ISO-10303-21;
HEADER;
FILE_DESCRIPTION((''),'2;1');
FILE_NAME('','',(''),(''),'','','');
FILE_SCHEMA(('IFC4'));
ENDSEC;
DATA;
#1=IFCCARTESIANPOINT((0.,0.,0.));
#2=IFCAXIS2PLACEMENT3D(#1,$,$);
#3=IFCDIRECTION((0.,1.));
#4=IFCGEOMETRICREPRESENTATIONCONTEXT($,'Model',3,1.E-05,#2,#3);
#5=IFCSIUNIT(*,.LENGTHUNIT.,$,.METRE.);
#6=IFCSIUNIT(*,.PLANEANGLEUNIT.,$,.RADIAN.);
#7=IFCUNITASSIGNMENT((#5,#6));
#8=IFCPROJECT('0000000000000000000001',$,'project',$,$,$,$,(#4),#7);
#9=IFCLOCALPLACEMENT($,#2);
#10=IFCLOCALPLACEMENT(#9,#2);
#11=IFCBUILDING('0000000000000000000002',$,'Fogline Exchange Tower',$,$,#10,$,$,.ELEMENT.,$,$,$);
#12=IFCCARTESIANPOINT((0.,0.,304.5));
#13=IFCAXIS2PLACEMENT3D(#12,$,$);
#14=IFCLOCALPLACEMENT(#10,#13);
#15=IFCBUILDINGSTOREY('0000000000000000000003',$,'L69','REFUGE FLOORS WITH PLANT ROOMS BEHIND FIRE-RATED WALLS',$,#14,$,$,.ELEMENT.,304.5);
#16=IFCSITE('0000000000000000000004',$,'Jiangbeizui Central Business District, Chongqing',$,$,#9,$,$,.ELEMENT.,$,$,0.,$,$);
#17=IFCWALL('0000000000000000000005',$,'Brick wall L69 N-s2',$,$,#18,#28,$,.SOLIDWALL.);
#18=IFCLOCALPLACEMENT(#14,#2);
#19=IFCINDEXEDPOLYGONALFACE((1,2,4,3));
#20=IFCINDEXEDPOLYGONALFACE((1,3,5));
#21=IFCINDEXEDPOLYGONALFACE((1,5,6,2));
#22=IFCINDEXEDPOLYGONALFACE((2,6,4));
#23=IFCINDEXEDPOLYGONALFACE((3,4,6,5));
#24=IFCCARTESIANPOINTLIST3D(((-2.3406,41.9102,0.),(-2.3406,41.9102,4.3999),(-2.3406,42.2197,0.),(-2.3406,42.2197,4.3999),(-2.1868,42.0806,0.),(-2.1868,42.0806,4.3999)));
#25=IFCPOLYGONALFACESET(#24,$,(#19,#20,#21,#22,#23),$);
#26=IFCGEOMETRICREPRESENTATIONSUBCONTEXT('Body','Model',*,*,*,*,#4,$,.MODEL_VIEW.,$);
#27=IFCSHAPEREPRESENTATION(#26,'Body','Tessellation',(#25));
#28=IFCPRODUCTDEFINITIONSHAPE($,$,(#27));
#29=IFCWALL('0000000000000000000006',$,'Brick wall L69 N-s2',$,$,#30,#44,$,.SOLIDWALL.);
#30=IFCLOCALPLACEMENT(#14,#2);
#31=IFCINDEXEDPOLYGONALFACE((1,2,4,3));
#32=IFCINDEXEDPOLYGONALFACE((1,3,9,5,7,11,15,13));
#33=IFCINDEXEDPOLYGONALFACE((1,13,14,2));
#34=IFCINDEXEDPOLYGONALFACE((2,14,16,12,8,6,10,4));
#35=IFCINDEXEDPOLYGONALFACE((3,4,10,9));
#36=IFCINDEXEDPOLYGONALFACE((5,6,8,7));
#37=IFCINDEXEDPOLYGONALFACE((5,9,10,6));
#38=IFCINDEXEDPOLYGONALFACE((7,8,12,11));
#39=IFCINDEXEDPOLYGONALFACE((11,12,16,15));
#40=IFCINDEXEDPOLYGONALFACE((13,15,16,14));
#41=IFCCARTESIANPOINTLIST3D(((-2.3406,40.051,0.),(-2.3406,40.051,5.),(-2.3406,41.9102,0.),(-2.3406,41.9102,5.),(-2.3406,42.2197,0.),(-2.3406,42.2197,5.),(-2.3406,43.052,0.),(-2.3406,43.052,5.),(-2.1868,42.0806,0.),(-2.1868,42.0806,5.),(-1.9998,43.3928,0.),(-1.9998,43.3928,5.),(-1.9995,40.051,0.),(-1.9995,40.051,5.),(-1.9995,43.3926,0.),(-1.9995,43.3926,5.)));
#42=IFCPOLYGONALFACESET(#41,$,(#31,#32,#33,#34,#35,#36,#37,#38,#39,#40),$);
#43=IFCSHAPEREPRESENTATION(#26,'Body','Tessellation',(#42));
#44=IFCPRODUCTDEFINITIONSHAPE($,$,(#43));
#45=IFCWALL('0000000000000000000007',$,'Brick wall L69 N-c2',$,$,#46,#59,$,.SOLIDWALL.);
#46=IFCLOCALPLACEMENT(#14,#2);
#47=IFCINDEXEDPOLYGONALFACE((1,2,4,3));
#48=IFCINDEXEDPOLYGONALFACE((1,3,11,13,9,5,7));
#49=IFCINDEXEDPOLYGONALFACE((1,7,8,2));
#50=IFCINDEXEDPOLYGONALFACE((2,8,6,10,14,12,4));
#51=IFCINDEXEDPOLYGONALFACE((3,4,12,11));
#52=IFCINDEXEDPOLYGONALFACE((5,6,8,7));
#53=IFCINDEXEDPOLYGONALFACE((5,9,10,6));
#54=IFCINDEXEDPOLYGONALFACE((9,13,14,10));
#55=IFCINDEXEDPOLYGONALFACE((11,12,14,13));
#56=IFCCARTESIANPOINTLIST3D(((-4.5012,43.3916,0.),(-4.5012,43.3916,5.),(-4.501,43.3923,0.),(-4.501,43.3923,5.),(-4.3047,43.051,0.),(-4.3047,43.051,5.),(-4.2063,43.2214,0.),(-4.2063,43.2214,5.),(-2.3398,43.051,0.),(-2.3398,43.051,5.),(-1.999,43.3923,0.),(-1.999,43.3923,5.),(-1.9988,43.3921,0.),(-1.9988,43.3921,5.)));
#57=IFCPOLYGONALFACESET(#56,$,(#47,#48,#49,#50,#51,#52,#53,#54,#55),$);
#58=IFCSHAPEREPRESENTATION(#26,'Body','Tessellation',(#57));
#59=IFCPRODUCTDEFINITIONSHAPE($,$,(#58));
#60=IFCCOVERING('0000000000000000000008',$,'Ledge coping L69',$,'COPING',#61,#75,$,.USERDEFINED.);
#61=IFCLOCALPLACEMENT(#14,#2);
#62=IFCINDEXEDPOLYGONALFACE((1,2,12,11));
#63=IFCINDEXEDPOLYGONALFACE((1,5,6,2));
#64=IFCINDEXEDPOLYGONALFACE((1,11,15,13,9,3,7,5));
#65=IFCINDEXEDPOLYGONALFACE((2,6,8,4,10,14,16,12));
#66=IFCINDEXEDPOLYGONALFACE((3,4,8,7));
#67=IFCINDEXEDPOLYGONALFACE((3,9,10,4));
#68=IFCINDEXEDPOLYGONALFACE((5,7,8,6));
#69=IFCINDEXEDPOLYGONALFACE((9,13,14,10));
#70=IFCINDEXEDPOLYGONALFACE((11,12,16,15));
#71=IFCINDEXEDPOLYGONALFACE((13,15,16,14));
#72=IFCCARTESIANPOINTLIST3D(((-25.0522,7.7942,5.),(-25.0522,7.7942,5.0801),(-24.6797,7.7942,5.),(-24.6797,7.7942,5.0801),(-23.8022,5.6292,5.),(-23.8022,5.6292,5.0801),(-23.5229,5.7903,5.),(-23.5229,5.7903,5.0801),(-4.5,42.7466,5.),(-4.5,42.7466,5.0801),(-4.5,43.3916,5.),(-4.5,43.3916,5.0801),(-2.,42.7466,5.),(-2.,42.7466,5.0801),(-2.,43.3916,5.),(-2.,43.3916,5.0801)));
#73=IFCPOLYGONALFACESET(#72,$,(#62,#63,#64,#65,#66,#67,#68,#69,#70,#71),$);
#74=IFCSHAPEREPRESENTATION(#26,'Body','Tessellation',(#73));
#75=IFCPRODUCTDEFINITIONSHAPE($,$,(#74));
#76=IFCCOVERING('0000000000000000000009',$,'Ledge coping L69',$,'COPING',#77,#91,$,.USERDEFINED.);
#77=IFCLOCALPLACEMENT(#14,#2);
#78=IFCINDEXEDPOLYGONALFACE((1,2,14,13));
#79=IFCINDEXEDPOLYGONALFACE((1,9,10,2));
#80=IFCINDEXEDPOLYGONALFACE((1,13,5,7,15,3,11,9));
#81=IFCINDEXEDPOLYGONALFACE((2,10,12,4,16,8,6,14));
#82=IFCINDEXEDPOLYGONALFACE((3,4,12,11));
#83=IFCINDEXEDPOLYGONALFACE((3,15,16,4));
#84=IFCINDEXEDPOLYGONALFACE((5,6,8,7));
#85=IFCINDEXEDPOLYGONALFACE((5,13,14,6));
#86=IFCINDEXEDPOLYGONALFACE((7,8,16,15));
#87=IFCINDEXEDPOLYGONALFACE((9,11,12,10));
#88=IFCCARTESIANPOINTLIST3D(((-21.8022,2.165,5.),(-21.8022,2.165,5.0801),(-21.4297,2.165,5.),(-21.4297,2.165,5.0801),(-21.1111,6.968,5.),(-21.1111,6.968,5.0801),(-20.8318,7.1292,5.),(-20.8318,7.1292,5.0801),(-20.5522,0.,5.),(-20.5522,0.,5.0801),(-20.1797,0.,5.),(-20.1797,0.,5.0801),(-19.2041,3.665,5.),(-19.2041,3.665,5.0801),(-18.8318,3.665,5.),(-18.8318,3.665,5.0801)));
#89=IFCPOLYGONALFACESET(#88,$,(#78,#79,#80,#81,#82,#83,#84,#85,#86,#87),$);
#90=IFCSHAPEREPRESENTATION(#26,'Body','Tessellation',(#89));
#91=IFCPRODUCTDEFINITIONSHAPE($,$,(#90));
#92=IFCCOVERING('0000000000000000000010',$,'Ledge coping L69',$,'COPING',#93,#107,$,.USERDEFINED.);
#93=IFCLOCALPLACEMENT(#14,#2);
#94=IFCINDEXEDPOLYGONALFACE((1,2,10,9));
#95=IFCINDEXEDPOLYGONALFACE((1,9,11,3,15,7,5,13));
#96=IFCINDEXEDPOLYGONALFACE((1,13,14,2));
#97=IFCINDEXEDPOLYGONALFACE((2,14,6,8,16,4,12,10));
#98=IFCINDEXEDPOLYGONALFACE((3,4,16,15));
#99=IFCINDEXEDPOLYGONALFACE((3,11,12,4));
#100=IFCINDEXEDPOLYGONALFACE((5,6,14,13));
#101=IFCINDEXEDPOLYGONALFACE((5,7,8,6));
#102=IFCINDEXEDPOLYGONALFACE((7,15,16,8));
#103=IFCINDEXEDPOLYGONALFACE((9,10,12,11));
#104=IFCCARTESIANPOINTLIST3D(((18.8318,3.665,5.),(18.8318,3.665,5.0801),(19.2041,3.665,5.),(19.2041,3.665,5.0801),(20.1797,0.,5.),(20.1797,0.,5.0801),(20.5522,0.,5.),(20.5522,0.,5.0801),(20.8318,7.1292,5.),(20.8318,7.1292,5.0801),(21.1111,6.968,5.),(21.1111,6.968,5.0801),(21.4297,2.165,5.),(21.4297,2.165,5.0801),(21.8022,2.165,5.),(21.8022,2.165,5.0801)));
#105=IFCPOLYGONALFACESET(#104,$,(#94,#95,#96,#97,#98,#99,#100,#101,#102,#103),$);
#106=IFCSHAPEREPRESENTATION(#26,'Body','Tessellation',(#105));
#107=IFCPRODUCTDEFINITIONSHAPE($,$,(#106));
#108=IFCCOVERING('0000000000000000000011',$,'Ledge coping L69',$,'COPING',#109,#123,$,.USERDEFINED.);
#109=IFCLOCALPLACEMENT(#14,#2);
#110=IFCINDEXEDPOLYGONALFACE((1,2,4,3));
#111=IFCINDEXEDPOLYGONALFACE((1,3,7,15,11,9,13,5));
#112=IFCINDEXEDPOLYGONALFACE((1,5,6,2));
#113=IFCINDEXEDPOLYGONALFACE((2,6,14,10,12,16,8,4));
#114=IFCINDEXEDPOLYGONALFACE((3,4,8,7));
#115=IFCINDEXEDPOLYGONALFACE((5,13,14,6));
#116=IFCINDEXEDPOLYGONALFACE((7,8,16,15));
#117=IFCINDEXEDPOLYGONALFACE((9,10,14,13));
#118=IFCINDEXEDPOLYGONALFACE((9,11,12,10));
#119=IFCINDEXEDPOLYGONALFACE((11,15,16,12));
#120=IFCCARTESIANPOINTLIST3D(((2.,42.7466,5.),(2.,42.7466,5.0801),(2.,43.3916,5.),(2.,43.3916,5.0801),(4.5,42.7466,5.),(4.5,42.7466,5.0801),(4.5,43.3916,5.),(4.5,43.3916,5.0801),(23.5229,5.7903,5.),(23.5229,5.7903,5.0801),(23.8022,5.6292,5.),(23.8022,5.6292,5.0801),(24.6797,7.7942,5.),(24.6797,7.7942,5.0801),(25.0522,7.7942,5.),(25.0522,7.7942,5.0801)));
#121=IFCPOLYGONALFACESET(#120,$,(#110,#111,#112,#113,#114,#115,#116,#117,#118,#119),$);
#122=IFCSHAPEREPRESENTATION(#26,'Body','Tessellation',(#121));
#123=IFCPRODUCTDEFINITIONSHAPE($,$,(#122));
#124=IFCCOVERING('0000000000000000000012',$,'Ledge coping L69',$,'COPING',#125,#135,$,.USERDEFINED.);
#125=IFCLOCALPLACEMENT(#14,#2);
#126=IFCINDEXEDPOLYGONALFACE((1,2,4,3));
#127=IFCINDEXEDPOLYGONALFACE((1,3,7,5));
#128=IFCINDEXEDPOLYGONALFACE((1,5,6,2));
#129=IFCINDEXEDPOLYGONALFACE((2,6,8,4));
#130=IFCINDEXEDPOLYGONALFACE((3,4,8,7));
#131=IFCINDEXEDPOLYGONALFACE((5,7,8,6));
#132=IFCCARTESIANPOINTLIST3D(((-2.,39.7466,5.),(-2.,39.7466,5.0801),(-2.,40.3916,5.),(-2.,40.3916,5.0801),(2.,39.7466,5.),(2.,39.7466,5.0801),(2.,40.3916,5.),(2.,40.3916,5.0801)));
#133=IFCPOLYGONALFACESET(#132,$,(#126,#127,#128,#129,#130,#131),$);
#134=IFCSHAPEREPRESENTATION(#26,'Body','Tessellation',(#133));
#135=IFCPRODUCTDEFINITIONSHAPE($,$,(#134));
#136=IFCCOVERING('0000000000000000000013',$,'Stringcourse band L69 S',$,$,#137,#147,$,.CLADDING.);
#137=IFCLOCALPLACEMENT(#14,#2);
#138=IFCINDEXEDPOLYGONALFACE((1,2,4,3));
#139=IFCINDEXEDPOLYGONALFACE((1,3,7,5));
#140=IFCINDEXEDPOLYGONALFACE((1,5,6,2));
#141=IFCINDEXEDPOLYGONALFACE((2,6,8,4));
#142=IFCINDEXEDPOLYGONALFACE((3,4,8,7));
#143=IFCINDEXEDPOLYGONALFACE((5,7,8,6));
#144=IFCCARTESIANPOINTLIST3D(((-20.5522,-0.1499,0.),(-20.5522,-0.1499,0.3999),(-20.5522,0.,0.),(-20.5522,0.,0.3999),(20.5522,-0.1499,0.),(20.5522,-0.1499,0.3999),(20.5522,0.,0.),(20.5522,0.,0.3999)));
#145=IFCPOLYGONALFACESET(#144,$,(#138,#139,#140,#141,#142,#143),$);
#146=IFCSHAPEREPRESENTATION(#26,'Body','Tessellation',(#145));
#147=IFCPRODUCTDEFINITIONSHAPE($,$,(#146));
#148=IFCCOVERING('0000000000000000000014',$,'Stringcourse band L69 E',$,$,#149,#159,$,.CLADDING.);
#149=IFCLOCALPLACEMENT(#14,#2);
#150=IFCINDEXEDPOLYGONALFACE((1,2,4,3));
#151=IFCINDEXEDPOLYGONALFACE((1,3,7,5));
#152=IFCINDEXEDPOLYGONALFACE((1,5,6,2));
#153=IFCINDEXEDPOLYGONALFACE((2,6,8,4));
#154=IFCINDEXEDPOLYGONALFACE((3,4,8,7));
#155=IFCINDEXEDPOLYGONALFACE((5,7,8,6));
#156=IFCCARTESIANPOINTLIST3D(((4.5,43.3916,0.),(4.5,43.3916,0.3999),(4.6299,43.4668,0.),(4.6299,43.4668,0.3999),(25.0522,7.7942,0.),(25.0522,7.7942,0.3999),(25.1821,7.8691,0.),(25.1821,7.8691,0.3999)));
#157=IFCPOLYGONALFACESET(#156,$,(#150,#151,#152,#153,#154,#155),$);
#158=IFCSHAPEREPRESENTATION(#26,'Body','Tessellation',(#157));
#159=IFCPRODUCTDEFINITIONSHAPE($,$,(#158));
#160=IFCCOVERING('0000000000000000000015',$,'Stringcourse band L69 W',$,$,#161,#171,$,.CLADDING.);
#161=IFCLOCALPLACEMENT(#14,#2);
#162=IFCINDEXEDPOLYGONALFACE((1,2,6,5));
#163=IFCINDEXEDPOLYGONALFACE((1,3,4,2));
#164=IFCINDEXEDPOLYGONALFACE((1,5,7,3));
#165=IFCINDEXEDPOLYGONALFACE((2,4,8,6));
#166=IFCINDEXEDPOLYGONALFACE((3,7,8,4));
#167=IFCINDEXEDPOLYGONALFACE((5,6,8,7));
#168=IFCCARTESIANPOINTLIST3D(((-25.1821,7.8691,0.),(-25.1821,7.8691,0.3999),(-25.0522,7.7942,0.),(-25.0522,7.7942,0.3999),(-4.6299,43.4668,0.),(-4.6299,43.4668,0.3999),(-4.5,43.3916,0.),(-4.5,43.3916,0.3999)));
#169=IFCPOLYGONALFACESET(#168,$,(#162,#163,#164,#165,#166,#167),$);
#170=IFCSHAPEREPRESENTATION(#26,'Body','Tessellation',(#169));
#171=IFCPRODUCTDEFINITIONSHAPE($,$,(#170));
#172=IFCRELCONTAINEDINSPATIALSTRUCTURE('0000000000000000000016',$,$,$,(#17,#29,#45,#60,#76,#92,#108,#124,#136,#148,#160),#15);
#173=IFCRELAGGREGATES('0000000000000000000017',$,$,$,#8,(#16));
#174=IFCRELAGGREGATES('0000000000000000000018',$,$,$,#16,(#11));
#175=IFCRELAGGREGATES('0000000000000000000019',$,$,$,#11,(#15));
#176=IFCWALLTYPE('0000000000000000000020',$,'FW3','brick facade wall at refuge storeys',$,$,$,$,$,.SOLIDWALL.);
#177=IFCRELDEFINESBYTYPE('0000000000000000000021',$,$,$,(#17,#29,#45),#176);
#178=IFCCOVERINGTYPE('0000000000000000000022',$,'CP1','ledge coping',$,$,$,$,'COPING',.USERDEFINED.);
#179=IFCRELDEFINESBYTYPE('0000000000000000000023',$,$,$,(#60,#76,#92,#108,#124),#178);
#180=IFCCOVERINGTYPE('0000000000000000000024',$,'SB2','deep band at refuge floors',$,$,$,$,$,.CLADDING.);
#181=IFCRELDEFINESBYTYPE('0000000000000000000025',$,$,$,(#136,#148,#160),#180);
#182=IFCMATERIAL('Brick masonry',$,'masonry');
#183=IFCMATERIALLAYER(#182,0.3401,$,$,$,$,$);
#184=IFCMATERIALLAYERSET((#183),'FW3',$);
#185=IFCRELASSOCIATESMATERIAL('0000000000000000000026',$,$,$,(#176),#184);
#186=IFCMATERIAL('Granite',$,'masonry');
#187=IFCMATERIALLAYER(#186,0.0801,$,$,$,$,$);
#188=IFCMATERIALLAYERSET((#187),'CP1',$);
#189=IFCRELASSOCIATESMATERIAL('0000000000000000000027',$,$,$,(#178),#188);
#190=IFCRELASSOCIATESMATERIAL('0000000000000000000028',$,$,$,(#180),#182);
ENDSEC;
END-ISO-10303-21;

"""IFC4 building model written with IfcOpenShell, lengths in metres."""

from ifc_helpers import new_model, si_unit, direction, frame, origin, place, context, subcontext, project, spatial, polyline, outline, extrude, material, layer, layer_set, type_object, element, save


model = new_model("IFC4")

# Units and contexts
model_context = context("Model", 3, precision=1e-05, world=origin(), true_north=direction((0.0, 1.0)))
body_context = subcontext(model_context, "Body", "Model", "MODEL_VIEW")
ifc_project = project(units=[si_unit("LENGTHUNIT", "METRE"), si_unit("PLANEANGLEUNIT", "RADIAN")], contexts=[model_context])

# Site, building, storey
site_placement = place(None, origin())
site = spatial("IfcSite", under=ifc_project, at=site_placement, Name="Jiangbeizui Central Business District, Chongqing", CompositionType="ELEMENT", RefElevation=0.0)
building_placement = place(site_placement, origin())
building = spatial("IfcBuilding", under=site, at=building_placement, Name="Fogline Exchange Tower", CompositionType="ELEMENT")
storey_placement = place(building_placement, frame((0.0, 0.0, 304.5)))
storey = spatial("IfcBuildingStorey", under=building, at=storey_placement, Name="L69", Description="REFUGE FLOORS WITH PLANT ROOMS BEHIND FIRE-RATED WALLS", CompositionType="ELEMENT", Elevation=304.5)

# Walls
ifc_material_1 = material(Name="Brick masonry", Category="masonry")
ifc_layer_1 = layer(ifc_material_1, 0.3401)
ifc_layer_set_1 = layer_set([ifc_layer_1], Name="FW3")
wall_type_1 = type_object("IfcWallType", Name="FW3", Description="brick facade wall at refuge storeys", PredefinedType="SOLIDWALL", material=ifc_layer_set_1)
wall_1_placement = place(storey_placement, origin())
element("IfcWall", 1, at=wall_1_placement, inside=storey, type_object=wall_type_1, Name="Brick wall L69 N-s2", PredefinedType="SOLIDWALL", context=body_context, shape_type="SweptSolid", body=[
    extrude(outline(polyline([(-2.3406, 42.2197), (-2.1868, 42.0806), (-2.3406, 41.9102), (-2.3406, 42.2197)])), origin(), (0.0, 0.0, 1.0), 4.3999),
])
wall_2_placement = place(storey_placement, origin())
element("IfcWall", 2, at=wall_2_placement, inside=storey, type_object=wall_type_1, Name="Brick wall L69 N-s2", PredefinedType="SOLIDWALL", context=body_context, shape_type="SweptSolid", body=[
    extrude(outline(polyline([(-1.9995, 40.051), (-2.3406, 40.051), (-2.3406, 41.9102), (-2.1868, 42.0806), (-2.3406, 42.2197), (-2.3406, 43.052), (-1.9998, 43.3928), (-1.9995, 43.3926), (-1.9995, 40.051)])), origin(), (0.0, 0.0, 1.0), 5.0),
])
wall_3_placement = place(storey_placement, origin())
element("IfcWall", 3, at=wall_3_placement, inside=storey, type_object=wall_type_1, Name="Brick wall L69 N-c2", PredefinedType="SOLIDWALL", context=body_context, shape_type="SweptSolid", body=[
    extrude(outline(polyline([(-4.3047, 43.051), (-4.2063, 43.2214), (-4.5012, 43.3916), (-4.501, 43.3923), (-1.999, 43.3923), (-1.9988, 43.3921), (-2.3398, 43.051), (-4.3047, 43.051)])), origin(), (0.0, 0.0, 1.0), 5.0),
])

# Coverings
ifc_material_2 = material(Name="Granite", Category="masonry")
ifc_layer_2 = layer(ifc_material_2, 0.0801)
ifc_layer_set_2 = layer_set([ifc_layer_2], Name="CP1")
covering_type_1 = type_object("IfcCoveringType", Name="CP1", Description="ledge coping", ElementType="COPING", PredefinedType="USERDEFINED", material=ifc_layer_set_2)
covering_1_placement = place(storey_placement, frame((0.0, 0.0, 5.0)))
element("IfcCovering", 4, at=covering_1_placement, inside=storey, type_object=covering_type_1, Name="Ledge coping L69", ObjectType="COPING", PredefinedType="USERDEFINED", context=body_context, shape_type="SweptSolid", body=[
    extrude(outline(polyline([(-23.8022, 5.6292), (-23.5229, 5.7903), (-24.6797, 7.7942), (-4.5, 42.7466), (-2.0, 42.7466), (-2.0, 43.3916), (-4.5, 43.3916), (-25.0522, 7.7942), (-23.8022, 5.6292)])), origin(), (0.0, 0.0, 1.0), 0.0801),
])
covering_2_placement = place(storey_placement, frame((0.0, 0.0, 5.0)))
element("IfcCovering", 5, at=covering_2_placement, inside=storey, type_object=covering_type_1, Name="Ledge coping L69", ObjectType="COPING", PredefinedType="USERDEFINED", context=body_context, shape_type="SweptSolid", body=[
    extrude(outline(polyline([(-20.5522, 0.0), (-20.1797, 0.0), (-21.4297, 2.165), (-18.8318, 3.665), (-20.8318, 7.1292), (-21.1111, 6.968), (-19.2041, 3.665), (-21.8022, 2.165), (-20.5522, 0.0)])), origin(), (0.0, 0.0, 1.0), 0.0801),
])
covering_3_placement = place(storey_placement, frame((0.0, 0.0, 5.0)))
element("IfcCovering", 6, at=covering_3_placement, inside=storey, type_object=covering_type_1, Name="Ledge coping L69", ObjectType="COPING", PredefinedType="USERDEFINED", context=body_context, shape_type="SweptSolid", body=[
    extrude(outline(polyline([(19.2041, 3.665), (21.1111, 6.968), (20.8318, 7.1292), (18.8318, 3.665), (21.4297, 2.165), (20.1797, 0.0), (20.5522, 0.0), (21.8022, 2.165), (19.2041, 3.665)])), origin(), (0.0, 0.0, 1.0), 0.0801),
])
covering_4_placement = place(storey_placement, frame((0.0, 0.0, 5.0)))
element("IfcCovering", 7, at=covering_4_placement, inside=storey, type_object=covering_type_1, Name="Ledge coping L69", ObjectType="COPING", PredefinedType="USERDEFINED", context=body_context, shape_type="SweptSolid", body=[
    extrude(outline(polyline([(2.0, 43.3916), (2.0, 42.7466), (4.5, 42.7466), (24.6797, 7.7942), (23.5229, 5.7903), (23.8022, 5.6292), (25.0522, 7.7942), (4.5, 43.3916), (2.0, 43.3916)])), origin(), (0.0, 0.0, 1.0), 0.0801),
])
covering_5_placement = place(storey_placement, frame((0.0, 0.0, 5.0)))
element("IfcCovering", 8, at=covering_5_placement, inside=storey, type_object=covering_type_1, Name="Ledge coping L69", ObjectType="COPING", PredefinedType="USERDEFINED", context=body_context, shape_type="SweptSolid", body=[
    extrude(outline(polyline([(2.0, 40.3916), (-2.0, 40.3916), (-2.0, 39.7466), (2.0, 39.7466), (2.0, 40.3916)])), origin(), (0.0, 0.0, 1.0), 0.0801),
])
covering_type_2 = type_object("IfcCoveringType", Name="SB2", Description="deep band at refuge floors", PredefinedType="CLADDING", material=ifc_material_1)
covering_6_placement = place(storey_placement, origin())
element("IfcCovering", 9, at=covering_6_placement, inside=storey, type_object=covering_type_2, Name="Stringcourse band L69 S", PredefinedType="CLADDING", context=body_context, shape_type="SweptSolid", body=[
    extrude(outline(polyline([(-20.5522, 0.0), (-20.5522, -0.1499), (20.5522, -0.1499), (20.5522, 0.0), (-20.5522, 0.0)])), origin(), (0.0, 0.0, 1.0), 0.3999),
])
covering_7_placement = place(storey_placement, origin())
element("IfcCovering", 10, at=covering_7_placement, inside=storey, type_object=covering_type_2, Name="Stringcourse band L69 E", PredefinedType="CLADDING", context=body_context, shape_type="SweptSolid", body=[
    extrude(outline(polyline([(25.0522, 7.7942), (25.1821, 7.8691), (4.6299, 43.4668), (4.5, 43.3916), (25.0522, 7.7942)])), origin(), (0.0, 0.0, 1.0), 0.3999),
])
covering_8_placement = place(storey_placement, origin())
element("IfcCovering", 11, at=covering_8_placement, inside=storey, type_object=covering_type_2, Name="Stringcourse band L69 W", PredefinedType="CLADDING", context=body_context, shape_type="SweptSolid", body=[
    extrude(outline(polyline([(-4.5, 43.3916), (-4.6299, 43.4668), (-25.1821, 7.8691), (-25.0522, 7.7942), (-4.5, 43.3916)])), origin(), (0.0, 0.0, 1.0), 0.3999),
])

save(model, "model.ifc")
